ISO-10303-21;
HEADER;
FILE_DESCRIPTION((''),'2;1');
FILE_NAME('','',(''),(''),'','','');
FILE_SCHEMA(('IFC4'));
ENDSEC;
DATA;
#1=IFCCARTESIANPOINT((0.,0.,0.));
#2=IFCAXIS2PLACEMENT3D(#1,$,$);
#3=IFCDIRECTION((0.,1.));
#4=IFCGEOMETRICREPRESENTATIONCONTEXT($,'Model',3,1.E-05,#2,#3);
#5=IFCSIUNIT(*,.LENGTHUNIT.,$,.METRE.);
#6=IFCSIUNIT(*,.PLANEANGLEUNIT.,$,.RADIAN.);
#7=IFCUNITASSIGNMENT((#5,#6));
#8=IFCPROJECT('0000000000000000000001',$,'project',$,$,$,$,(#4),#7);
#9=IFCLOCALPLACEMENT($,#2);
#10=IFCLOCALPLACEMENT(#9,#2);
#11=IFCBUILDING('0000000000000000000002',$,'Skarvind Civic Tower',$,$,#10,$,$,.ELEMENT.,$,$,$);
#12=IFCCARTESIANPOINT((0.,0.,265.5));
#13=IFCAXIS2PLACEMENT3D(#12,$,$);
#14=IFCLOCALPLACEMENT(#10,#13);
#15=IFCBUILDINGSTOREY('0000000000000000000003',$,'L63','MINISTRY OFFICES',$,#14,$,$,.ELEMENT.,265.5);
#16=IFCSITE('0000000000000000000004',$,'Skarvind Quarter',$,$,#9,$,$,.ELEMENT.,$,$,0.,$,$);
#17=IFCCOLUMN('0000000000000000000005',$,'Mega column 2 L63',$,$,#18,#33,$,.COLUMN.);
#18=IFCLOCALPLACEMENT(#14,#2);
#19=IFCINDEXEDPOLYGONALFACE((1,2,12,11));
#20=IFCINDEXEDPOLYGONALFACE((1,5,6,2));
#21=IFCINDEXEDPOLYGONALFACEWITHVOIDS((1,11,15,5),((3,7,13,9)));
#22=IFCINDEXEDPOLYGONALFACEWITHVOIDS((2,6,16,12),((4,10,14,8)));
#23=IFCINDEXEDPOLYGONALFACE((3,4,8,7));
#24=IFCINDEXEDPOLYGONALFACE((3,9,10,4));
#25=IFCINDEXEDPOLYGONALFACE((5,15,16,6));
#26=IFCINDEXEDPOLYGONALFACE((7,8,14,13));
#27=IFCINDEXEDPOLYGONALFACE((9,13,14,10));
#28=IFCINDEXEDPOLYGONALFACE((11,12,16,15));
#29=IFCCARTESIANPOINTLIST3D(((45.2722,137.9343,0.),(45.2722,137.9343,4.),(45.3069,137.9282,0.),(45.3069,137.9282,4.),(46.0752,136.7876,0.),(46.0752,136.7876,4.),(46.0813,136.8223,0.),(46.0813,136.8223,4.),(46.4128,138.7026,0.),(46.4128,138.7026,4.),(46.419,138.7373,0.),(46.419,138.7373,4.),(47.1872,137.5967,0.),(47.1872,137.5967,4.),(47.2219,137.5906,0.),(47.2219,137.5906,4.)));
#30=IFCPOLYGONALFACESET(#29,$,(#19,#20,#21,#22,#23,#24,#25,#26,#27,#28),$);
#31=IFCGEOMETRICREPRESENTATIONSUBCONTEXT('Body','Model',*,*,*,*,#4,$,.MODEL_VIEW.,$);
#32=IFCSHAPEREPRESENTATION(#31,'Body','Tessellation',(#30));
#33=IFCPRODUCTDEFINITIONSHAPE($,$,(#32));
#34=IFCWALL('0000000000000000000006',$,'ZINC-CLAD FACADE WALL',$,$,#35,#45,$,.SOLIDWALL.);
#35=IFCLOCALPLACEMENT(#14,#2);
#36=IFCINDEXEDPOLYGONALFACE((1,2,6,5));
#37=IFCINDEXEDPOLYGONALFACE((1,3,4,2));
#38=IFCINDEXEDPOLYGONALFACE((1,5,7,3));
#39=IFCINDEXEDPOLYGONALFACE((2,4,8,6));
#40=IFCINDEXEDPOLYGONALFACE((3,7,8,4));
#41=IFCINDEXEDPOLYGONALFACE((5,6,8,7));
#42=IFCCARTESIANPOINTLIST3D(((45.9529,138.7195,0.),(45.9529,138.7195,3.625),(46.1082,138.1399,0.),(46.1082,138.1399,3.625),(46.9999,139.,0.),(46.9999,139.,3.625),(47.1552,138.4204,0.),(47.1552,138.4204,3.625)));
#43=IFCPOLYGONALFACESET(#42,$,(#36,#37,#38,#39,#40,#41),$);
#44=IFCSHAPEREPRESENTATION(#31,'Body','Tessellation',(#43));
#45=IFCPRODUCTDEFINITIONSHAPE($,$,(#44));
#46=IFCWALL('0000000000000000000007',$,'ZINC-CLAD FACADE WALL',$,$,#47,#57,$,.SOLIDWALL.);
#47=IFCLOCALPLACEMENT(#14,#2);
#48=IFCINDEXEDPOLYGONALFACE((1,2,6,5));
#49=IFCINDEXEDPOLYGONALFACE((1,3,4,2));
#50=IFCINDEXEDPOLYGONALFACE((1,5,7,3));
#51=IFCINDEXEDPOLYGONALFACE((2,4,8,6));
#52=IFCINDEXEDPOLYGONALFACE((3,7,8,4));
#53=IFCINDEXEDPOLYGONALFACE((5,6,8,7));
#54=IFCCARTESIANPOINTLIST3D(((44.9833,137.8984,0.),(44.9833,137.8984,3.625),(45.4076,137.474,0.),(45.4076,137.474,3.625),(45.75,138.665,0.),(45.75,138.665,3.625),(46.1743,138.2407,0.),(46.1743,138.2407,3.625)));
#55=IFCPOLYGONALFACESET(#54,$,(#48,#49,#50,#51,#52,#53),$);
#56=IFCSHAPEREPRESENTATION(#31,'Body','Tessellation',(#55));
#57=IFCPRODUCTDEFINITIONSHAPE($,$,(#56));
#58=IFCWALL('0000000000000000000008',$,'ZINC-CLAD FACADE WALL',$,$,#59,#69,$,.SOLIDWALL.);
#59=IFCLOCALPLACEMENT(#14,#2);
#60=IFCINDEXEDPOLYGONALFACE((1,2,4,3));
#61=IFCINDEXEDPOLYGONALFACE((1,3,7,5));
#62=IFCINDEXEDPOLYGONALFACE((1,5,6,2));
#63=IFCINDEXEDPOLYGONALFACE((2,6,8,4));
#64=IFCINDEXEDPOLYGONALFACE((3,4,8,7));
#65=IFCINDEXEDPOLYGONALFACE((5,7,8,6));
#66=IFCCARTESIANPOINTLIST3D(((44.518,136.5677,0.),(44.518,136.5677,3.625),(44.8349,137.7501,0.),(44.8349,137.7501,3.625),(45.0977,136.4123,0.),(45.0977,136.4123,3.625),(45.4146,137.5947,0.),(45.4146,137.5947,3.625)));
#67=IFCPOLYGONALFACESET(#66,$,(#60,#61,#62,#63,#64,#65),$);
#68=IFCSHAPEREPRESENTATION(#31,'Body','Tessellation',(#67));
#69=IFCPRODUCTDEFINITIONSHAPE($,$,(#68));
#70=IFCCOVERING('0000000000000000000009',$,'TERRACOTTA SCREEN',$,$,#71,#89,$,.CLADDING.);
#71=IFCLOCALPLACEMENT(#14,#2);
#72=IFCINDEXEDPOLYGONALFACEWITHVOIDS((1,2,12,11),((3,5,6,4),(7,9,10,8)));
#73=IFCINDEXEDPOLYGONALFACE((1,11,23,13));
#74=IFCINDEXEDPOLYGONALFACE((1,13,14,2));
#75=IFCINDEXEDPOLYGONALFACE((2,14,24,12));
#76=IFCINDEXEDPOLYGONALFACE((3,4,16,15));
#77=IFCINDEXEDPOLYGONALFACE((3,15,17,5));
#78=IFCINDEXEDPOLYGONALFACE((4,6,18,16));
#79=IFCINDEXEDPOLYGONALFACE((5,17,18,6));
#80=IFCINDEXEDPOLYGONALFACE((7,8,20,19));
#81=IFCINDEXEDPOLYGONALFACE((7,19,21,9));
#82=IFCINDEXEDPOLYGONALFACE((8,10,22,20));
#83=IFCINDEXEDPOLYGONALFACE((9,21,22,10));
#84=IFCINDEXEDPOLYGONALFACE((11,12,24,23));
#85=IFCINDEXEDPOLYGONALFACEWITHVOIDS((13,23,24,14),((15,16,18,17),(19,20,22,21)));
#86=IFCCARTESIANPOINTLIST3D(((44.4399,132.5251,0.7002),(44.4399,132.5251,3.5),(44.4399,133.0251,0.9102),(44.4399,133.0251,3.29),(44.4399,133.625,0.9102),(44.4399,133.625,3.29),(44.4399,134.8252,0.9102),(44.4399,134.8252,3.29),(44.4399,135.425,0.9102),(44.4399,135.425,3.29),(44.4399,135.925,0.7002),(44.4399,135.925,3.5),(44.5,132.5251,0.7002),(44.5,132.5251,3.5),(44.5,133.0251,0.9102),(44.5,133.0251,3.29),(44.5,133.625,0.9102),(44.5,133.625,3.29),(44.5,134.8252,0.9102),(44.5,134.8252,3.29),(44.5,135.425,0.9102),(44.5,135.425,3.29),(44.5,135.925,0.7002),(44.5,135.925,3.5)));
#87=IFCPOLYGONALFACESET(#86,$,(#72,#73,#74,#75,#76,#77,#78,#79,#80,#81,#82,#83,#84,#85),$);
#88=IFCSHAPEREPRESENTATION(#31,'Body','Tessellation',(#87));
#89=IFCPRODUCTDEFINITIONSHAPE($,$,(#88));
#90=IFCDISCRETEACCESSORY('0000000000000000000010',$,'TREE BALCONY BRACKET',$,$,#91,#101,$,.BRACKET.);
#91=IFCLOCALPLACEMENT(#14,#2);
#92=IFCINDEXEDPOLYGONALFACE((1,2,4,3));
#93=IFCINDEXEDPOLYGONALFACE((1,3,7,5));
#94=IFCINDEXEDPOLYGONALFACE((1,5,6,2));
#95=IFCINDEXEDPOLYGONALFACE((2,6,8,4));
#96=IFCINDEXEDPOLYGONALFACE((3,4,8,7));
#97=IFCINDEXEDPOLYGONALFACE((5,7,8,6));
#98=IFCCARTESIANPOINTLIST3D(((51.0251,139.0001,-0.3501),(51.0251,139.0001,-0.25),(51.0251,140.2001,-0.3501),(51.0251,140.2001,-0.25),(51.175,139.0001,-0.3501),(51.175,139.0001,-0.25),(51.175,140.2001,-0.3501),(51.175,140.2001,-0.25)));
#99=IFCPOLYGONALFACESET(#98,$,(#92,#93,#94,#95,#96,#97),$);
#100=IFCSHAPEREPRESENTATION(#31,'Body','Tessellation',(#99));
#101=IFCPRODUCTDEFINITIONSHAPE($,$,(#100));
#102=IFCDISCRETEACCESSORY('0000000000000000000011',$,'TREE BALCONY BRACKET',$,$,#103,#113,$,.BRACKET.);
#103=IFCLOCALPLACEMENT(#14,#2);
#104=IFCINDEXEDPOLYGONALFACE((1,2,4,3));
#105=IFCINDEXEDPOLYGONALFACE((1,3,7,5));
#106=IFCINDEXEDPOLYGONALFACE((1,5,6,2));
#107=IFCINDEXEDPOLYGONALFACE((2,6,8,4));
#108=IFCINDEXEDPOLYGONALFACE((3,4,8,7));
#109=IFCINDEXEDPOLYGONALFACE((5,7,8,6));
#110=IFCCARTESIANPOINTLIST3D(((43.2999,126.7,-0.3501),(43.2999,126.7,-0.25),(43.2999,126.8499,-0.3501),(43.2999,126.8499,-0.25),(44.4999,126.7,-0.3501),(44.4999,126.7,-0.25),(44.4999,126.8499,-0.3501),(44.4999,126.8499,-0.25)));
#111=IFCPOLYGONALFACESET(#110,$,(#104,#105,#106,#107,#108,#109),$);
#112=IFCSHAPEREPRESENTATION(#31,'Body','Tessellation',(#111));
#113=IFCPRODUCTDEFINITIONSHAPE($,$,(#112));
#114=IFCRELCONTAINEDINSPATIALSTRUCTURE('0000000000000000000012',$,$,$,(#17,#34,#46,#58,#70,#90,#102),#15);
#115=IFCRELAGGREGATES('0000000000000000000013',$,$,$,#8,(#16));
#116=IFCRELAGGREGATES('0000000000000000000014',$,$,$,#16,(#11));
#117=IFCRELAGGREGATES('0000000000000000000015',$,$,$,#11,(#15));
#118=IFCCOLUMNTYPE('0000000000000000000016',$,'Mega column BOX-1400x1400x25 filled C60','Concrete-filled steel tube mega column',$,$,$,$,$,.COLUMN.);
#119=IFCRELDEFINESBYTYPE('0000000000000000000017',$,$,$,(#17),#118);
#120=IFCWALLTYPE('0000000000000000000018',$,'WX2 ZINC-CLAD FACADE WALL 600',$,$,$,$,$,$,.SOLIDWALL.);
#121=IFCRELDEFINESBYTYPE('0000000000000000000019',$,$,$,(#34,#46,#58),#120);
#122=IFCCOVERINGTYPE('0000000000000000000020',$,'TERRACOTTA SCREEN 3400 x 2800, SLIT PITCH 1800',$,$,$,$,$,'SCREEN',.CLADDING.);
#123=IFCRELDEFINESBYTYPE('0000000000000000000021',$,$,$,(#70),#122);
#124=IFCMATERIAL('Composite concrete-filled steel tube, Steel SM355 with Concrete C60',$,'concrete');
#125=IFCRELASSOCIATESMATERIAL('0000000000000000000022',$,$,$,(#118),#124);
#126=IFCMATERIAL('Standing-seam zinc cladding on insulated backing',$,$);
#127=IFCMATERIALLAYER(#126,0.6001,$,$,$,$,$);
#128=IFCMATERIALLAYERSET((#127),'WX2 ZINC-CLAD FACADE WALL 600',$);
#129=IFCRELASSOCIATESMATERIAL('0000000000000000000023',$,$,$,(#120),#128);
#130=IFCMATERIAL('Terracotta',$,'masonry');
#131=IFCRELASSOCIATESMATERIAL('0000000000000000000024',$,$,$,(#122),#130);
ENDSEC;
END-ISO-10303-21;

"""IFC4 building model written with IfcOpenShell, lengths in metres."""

from ifc_helpers import new_model, si_unit, direction, frame, frame_2d, origin, origin_2d, place, context, subcontext, project, spatial, polyline, rectangle, hollow_rectangle, outline, extrude, material, layer, layer_set, material_profile, profile_set, type_object, element, save


model = new_model("IFC4")

# Units and contexts
model_context = context("Model", 3, precision=1e-05, world=origin(), true_north=direction((0.0, 1.0)))
body_context = subcontext(model_context, "Body", "Model", "MODEL_VIEW")
ifc_project = project(units=[si_unit("LENGTHUNIT", "METRE"), si_unit("PLANEANGLEUNIT", "RADIAN")], contexts=[model_context])

# Site, building, storey
site_placement = place(None, origin())
site = spatial("IfcSite", under=ifc_project, at=site_placement, Name="Skarvind Quarter", CompositionType="ELEMENT", RefElevation=0.0)
building_placement = place(site_placement, origin())
building = spatial("IfcBuilding", under=site, at=building_placement, Name="Skarvind Civic Tower", CompositionType="ELEMENT")
storey_placement = place(building_placement, frame((0.0, 0.0, 265.5)))
storey = spatial("IfcBuildingStorey", under=building, at=storey_placement, Name="L63", Description="MINISTRY OFFICES", CompositionType="ELEMENT", Elevation=265.5)

# Column
ifc_material_1 = material(Name="Composite concrete-filled steel tube, Steel SM355 with Concrete C60", Category="concrete")
ifc_material_profile_1 = material_profile(ifc_material_1, hollow_rectangle(XDim=1.3999, YDim=1.3999, WallThickness=0.0249, at=origin_2d()), Name="BOX-1400x1400x25")
ifc_profile_set_1 = profile_set([ifc_material_profile_1], Name="Composite concrete-filled steel tube, Steel SM355 with Concrete C60")
column_type = type_object("IfcColumnType", Name="Mega column BOX-1400x1400x25 filled C60", Description="Concrete-filled steel tube mega column", PredefinedType="COLUMN", material=ifc_profile_set_1)
column_placement = place(storey_placement, frame((46.2471, 137.7625, 0.0), z_axis=(0.0, 0.0, 1.0), x_axis=(0.573576, -0.819152, 0.0)))
element("IfcColumn", 1, at=column_placement, inside=storey, type_object=column_type, Name="Mega column 2 L63", PredefinedType="COLUMN", context=body_context, shape_type="SweptSolid", body=[
    extrude(hollow_rectangle(XDim=1.3999, YDim=1.3999, WallThickness=0.0249, at=origin_2d()), origin(), (0.0, 0.0, 1.0), 4.0),
])

# Shared definitions
ifc_material_2 = material(Name="Standing-seam zinc cladding on insulated backing")
ifc_layer = layer(ifc_material_2, 0.6001)
ifc_layer_set = layer_set([ifc_layer], Name="WX2 ZINC-CLAD FACADE WALL 600")
wall_type = type_object("IfcWallType", Name="WX2 ZINC-CLAD FACADE WALL 600", PredefinedType="SOLIDWALL", material=ifc_layer_set)

# Walls
wall_1_placement = place(storey_placement, frame((46.0305, 138.4297, 0.0), z_axis=(0.0, 0.0, 1.0), x_axis=(0.965939, 0.25877, 0.0)))
element("IfcWall", 2, at=wall_1_placement, inside=storey, type_object=wall_type, Name="ZINC-CLAD FACADE WALL", PredefinedType="SOLIDWALL", context=body_context, shape_type="SweptSolid", body=[
    extrude(rectangle(XDim=1.084, YDim=0.6001, at=frame_2d((0.542, 0.0))), origin(), (0.0, 0.0, 1.0), 3.625),
])
wall_2_placement = place(storey_placement, frame((45.1956, 137.6863, 0.0), z_axis=(0.0, 0.0, 1.0), x_axis=(0.707107, 0.707107, 0.0)))
element("IfcWall", 3, at=wall_2_placement, inside=storey, type_object=wall_type, Name="ZINC-CLAD FACADE WALL", PredefinedType="SOLIDWALL", context=body_context, shape_type="SweptSolid", body=[
    extrude(rectangle(XDim=1.0842, YDim=0.6001, at=frame_2d((0.542, 0.0))), origin(), (0.0, 0.0, 1.0), 3.625),
])
wall_3_placement = place(storey_placement, frame((44.8079, 136.49, 0.0), z_axis=(0.0, 0.0, 1.0), x_axis=(0.258879, 0.96591, 0.0)))
element("IfcWall", 4, at=wall_3_placement, inside=storey, type_object=wall_type, Name="ZINC-CLAD FACADE WALL", PredefinedType="SOLIDWALL", context=body_context, shape_type="SweptSolid", body=[
    extrude(rectangle(XDim=1.2241, YDim=0.6001, at=frame_2d((0.6121, 0.0))), origin(), (0.0, 0.0, 1.0), 3.625),
])

# Covering
ifc_material_3 = material(Name="Terracotta", Category="masonry")
ifc_material_profile_2 = material_profile(ifc_material_3, outline(polyline([(-1.7, -1.3999), (1.7, -1.3999), (1.7, 1.3999), (-1.7, 1.3999), (-1.7, -1.3999)]), holes=[polyline([(-1.2, -1.1899), (-0.6001, -1.1899), (-0.6001, 1.1899), (-1.2, 1.1899), (-1.2, -1.1899)]), polyline([(0.6001, -1.1899), (1.2, -1.1899), (1.2, 1.1899), (0.6001, 1.1899), (0.6001, -1.1899)])]), Name="TERRACOTTA SCREEN 3400 x 2800, SLIT PITCH 1800")
ifc_profile_set_2 = profile_set([ifc_material_profile_2], Name="Terracotta")
covering_type = type_object("IfcCoveringType", Name="TERRACOTTA SCREEN 3400 x 2800, SLIT PITCH 1800", ElementType="SCREEN", PredefinedType="CLADDING", material=ifc_profile_set_2)
covering_placement = place(storey_placement, frame((44.5, 134.2251, 2.1001), z_axis=(-1.0, 0.0, 0.0), x_axis=(0.0, -1.0, 0.0)))
element("IfcCovering", 5, at=covering_placement, inside=storey, type_object=covering_type, Name="TERRACOTTA SCREEN", PredefinedType="CLADDING", context=body_context, shape_type="SweptSolid", body=[
    extrude(outline(polyline([(-1.7, -1.3999), (1.7, -1.3999), (1.7, 1.3999), (-1.7, 1.3999), (-1.7, -1.3999)]), holes=[polyline([(-1.2, -1.1899), (-0.6001, -1.1899), (-0.6001, 1.1899), (-1.2, 1.1899), (-1.2, -1.1899)]), polyline([(0.6001, -1.1899), (1.2, -1.1899), (1.2, 1.1899), (0.6001, 1.1899), (0.6001, -1.1899)])]), origin(), (0.0, 0.0, 1.0), 0.0601),
])

# Discrete accessories
for number, where, z_axis, x_axis, name in (
    (6, (51.1001, 139.6001, -0.3501), (0.0, 0.0, 1.0), (1.0, 0.0, 0.0), "TREE BALCONY BRACKET"),
    (7, (43.8999, 126.7749, -0.3501), (0.0, 0.0, 1.0), (0.0, 1.0, 0.0), "TREE BALCONY BRACKET"),
):
    element("IfcDiscreteAccessory", number, at=place(storey_placement, frame(where, z_axis=z_axis, x_axis=x_axis)), inside=storey, Name=name, PredefinedType="BRACKET", context=body_context, shape_type="SweptSolid", body=[
        extrude(rectangle(XDim=0.1499, YDim=1.2, at=origin_2d()), origin(), (0.0, 0.0, 1.0), 0.1001),
    ])

save(model, "model.ifc")
